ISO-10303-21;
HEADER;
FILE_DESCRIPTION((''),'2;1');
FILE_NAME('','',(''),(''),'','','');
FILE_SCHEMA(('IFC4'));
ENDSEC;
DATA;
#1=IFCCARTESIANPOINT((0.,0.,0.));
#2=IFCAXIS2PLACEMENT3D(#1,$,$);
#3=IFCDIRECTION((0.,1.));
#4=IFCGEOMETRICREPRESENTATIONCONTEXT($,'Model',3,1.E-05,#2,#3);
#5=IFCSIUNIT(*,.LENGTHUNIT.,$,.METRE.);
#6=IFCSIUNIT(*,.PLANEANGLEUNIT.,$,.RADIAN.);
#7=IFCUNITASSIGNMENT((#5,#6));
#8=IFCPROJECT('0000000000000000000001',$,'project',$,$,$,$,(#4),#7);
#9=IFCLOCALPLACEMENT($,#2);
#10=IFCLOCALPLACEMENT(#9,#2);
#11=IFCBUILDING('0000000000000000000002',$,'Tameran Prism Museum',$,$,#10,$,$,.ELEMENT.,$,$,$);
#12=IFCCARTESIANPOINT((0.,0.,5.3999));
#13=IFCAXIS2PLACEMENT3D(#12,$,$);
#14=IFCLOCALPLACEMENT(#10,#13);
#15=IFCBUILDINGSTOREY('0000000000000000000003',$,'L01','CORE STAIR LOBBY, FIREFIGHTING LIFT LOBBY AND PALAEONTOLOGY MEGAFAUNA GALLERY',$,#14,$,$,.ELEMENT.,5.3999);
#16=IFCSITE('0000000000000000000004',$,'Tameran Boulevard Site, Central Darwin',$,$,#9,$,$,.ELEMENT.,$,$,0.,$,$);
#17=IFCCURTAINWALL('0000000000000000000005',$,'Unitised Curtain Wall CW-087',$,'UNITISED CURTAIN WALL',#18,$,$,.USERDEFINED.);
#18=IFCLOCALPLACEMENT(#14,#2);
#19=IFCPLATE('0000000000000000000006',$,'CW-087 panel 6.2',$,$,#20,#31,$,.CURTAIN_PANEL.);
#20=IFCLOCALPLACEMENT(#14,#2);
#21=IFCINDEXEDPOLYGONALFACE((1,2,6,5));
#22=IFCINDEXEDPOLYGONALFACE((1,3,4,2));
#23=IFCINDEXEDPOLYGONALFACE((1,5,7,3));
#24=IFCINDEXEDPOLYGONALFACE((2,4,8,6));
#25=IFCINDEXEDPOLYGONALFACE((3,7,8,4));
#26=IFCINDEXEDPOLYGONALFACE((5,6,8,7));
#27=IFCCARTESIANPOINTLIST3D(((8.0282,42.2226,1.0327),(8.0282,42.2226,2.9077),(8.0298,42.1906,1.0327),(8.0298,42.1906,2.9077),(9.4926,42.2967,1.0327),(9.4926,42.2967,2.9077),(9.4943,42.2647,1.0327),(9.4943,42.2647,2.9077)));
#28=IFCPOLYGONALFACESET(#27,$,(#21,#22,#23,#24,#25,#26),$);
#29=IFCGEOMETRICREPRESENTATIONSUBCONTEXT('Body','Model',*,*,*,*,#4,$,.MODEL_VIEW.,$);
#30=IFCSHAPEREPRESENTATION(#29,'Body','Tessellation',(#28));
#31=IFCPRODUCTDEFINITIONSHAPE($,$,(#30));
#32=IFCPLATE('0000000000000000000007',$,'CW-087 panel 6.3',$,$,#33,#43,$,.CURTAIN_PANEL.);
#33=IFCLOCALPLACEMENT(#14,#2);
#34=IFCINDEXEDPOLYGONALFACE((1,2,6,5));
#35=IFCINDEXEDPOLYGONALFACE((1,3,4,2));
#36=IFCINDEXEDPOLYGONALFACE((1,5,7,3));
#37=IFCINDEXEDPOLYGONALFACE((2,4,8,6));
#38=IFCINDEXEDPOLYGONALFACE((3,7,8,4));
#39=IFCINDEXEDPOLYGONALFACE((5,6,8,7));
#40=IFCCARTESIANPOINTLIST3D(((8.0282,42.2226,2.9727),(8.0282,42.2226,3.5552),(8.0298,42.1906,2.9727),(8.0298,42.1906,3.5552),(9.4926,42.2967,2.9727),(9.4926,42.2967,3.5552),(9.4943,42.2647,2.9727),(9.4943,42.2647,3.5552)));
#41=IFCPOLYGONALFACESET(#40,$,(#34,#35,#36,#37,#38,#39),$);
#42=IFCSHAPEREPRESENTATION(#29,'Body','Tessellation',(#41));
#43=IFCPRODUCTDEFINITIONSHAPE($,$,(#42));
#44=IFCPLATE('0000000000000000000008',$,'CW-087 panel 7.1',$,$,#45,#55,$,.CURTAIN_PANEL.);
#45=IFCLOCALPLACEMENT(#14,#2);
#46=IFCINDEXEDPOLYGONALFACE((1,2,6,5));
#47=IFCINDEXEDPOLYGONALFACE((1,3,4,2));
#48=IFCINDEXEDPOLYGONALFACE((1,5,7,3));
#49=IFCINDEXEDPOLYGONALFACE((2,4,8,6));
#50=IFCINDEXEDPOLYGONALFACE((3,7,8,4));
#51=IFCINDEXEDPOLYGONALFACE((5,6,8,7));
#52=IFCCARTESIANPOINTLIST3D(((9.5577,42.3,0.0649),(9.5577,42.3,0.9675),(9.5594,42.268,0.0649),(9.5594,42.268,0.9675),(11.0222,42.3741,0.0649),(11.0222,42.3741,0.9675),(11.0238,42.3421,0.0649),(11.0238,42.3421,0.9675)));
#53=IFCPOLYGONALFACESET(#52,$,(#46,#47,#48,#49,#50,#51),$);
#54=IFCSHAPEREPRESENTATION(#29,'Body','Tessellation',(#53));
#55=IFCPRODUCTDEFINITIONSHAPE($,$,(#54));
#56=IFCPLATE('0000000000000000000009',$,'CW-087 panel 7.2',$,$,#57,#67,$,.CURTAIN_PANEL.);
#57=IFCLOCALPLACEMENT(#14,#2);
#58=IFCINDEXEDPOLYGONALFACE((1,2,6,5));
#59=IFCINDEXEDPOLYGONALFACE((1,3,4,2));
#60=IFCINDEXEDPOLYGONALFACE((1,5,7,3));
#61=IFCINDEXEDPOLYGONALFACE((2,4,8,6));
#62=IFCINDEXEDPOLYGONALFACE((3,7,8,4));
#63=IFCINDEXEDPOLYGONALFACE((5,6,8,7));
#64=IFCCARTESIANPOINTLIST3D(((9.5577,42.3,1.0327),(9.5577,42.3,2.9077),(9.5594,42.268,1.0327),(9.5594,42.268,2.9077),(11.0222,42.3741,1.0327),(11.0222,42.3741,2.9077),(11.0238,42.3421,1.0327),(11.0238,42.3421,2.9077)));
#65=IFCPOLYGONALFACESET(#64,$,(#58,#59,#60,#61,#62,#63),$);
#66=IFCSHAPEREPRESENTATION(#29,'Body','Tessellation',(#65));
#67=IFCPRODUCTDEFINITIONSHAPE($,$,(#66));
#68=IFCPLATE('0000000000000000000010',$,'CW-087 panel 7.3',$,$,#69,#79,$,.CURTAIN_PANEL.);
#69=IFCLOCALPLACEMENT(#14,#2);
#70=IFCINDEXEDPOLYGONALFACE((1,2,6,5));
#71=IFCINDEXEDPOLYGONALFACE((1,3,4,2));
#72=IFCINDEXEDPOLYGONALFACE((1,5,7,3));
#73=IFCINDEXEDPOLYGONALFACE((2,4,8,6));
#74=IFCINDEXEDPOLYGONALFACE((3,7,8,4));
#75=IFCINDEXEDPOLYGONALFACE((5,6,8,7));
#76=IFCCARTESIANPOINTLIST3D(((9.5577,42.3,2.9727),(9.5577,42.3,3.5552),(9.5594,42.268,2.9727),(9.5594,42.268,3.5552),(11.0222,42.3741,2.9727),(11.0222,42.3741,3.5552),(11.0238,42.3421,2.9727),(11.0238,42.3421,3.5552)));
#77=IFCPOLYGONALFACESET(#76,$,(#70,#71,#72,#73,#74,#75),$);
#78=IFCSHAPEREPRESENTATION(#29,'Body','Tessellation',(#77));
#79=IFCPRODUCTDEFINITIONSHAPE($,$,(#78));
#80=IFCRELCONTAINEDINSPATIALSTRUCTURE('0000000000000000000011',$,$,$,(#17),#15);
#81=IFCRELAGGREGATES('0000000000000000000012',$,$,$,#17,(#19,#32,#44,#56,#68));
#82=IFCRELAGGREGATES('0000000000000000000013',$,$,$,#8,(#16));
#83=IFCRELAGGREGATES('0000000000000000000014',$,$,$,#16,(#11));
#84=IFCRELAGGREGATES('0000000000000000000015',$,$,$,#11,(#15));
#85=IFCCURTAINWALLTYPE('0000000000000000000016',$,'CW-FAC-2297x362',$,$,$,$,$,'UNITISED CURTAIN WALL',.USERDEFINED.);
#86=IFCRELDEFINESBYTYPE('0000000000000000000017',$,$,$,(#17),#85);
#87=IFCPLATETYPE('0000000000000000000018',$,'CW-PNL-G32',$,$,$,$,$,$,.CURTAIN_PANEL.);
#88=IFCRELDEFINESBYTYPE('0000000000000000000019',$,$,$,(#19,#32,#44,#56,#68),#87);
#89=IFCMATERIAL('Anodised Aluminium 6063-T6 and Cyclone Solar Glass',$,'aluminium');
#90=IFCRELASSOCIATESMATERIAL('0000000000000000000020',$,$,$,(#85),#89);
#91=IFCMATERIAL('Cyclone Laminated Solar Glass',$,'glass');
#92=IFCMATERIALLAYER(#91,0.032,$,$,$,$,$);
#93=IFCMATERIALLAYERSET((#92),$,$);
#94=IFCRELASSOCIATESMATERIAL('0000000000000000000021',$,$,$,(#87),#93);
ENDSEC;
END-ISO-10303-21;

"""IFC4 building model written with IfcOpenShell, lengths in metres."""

from ifc_helpers import new_model, si_unit, direction, frame, origin, origin_2d, place, context, subcontext, project, spatial, rectangle, extrude, material, layer, layer_set, type_object, element, aggregate, save


model = new_model("IFC4")

# Units and contexts
model_context = context("Model", 3, precision=1e-05, world=origin(), true_north=direction((0.0, 1.0)))
body_context = subcontext(model_context, "Body", "Model", "MODEL_VIEW")
ifc_project = project(units=[si_unit("LENGTHUNIT", "METRE"), si_unit("PLANEANGLEUNIT", "RADIAN")], contexts=[model_context])

# Site, building, storey
site_placement = place(None, origin())
site = spatial("IfcSite", under=ifc_project, at=site_placement, Name="Tameran Boulevard Site, Central Darwin", CompositionType="ELEMENT", RefElevation=0.0)
building_placement = place(site_placement, origin())
building = spatial("IfcBuilding", under=site, at=building_placement, Name="Tameran Prism Museum", CompositionType="ELEMENT")
storey_placement = place(building_placement, frame((0.0, 0.0, 5.3999)))
storey = spatial("IfcBuildingStorey", under=building, at=storey_placement, Name="L01", Description="CORE STAIR LOBBY, FIREFIGHTING LIFT LOBBY AND PALAEONTOLOGY MEGAFAUNA GALLERY", CompositionType="ELEMENT", Elevation=5.3999)

# Curtain wall, plates
ifc_material_1 = material(Name="Anodised Aluminium 6063-T6 and Cyclone Solar Glass", Category="aluminium")
curtain_wall_type = type_object("IfcCurtainWallType", Name="CW-FAC-2297x362", ElementType="UNITISED CURTAIN WALL", PredefinedType="USERDEFINED", material=ifc_material_1)
curtain_wall_placement = place(storey_placement, origin())
curtain_wall = element("IfcCurtainWall", 1, at=curtain_wall_placement, inside=storey, type_object=curtain_wall_type, Name="Unitised Curtain Wall CW-087", ObjectType="UNITISED CURTAIN WALL", PredefinedType="USERDEFINED")
ifc_material_2 = material(Name="Cyclone Laminated Solar Glass", Category="glass")
ifc_layer = layer(ifc_material_2, 0.032)
ifc_layer_set = layer_set([ifc_layer])
plate_type = type_object("IfcPlateType", Name="CW-PNL-G32", PredefinedType="CURTAIN_PANEL", material=ifc_layer_set)
plate_1_placement = place(storey_placement, frame((8.7612, 42.2437, 1.0327), z_axis=(0.0, 0.0, 1.0), x_axis=(0.998722, 0.050546, 0.0)))
plate_1 = element("IfcPlate", 2, at=plate_1_placement, type_object=plate_type, Name="CW-087 panel 6.2", PredefinedType="CURTAIN_PANEL", context=body_context, shape_type="SweptSolid", body=[
    extrude(rectangle(XDim=1.4663, YDim=0.032, at=origin_2d()), origin(), (0.0, 0.0, 1.0), 1.875),
])
plate_2_placement = place(storey_placement, frame((8.7612, 42.2437, 2.9727), z_axis=(0.0, 0.0, 1.0), x_axis=(0.998722, 0.050546, 0.0)))
plate_2 = element("IfcPlate", 3, at=plate_2_placement, type_object=plate_type, Name="CW-087 panel 6.3", PredefinedType="CURTAIN_PANEL", context=body_context, shape_type="SweptSolid", body=[
    extrude(rectangle(XDim=1.4663, YDim=0.032, at=origin_2d()), origin(), (0.0, 0.0, 1.0), 0.5825),
])
plate_3_placement = place(storey_placement, frame((10.2908, 42.321, 0.0649), z_axis=(0.0, 0.0, 1.0), x_axis=(0.998722, 0.050546, 0.0)))
plate_3 = element("IfcPlate", 4, at=plate_3_placement, type_object=plate_type, Name="CW-087 panel 7.1", PredefinedType="CURTAIN_PANEL", context=body_context, shape_type="SweptSolid", body=[
    extrude(rectangle(XDim=1.4663, YDim=0.032, at=origin_2d()), origin(), (0.0, 0.0, 1.0), 0.9026),
])
plate_4_placement = place(storey_placement, frame((10.2908, 42.321, 1.0327), z_axis=(0.0, 0.0, 1.0), x_axis=(0.998722, 0.050546, 0.0)))
plate_4 = element("IfcPlate", 5, at=plate_4_placement, type_object=plate_type, Name="CW-087 panel 7.2", PredefinedType="CURTAIN_PANEL", context=body_context, shape_type="SweptSolid", body=[
    extrude(rectangle(XDim=1.4663, YDim=0.032, at=origin_2d()), origin(), (0.0, 0.0, 1.0), 1.875),
])
plate_5_placement = place(storey_placement, frame((10.2908, 42.321, 2.9727), z_axis=(0.0, 0.0, 1.0), x_axis=(0.998722, 0.050546, 0.0)))
plate_5 = element("IfcPlate", 6, at=plate_5_placement, type_object=plate_type, Name="CW-087 panel 7.3", PredefinedType="CURTAIN_PANEL", context=body_context, shape_type="SweptSolid", body=[
    extrude(rectangle(XDim=1.4663, YDim=0.032, at=origin_2d()), origin(), (0.0, 0.0, 1.0), 0.5825),
])
aggregate(curtain_wall, [plate_1, plate_2, plate_3, plate_4, plate_5])

save(model, "model.ifc")
